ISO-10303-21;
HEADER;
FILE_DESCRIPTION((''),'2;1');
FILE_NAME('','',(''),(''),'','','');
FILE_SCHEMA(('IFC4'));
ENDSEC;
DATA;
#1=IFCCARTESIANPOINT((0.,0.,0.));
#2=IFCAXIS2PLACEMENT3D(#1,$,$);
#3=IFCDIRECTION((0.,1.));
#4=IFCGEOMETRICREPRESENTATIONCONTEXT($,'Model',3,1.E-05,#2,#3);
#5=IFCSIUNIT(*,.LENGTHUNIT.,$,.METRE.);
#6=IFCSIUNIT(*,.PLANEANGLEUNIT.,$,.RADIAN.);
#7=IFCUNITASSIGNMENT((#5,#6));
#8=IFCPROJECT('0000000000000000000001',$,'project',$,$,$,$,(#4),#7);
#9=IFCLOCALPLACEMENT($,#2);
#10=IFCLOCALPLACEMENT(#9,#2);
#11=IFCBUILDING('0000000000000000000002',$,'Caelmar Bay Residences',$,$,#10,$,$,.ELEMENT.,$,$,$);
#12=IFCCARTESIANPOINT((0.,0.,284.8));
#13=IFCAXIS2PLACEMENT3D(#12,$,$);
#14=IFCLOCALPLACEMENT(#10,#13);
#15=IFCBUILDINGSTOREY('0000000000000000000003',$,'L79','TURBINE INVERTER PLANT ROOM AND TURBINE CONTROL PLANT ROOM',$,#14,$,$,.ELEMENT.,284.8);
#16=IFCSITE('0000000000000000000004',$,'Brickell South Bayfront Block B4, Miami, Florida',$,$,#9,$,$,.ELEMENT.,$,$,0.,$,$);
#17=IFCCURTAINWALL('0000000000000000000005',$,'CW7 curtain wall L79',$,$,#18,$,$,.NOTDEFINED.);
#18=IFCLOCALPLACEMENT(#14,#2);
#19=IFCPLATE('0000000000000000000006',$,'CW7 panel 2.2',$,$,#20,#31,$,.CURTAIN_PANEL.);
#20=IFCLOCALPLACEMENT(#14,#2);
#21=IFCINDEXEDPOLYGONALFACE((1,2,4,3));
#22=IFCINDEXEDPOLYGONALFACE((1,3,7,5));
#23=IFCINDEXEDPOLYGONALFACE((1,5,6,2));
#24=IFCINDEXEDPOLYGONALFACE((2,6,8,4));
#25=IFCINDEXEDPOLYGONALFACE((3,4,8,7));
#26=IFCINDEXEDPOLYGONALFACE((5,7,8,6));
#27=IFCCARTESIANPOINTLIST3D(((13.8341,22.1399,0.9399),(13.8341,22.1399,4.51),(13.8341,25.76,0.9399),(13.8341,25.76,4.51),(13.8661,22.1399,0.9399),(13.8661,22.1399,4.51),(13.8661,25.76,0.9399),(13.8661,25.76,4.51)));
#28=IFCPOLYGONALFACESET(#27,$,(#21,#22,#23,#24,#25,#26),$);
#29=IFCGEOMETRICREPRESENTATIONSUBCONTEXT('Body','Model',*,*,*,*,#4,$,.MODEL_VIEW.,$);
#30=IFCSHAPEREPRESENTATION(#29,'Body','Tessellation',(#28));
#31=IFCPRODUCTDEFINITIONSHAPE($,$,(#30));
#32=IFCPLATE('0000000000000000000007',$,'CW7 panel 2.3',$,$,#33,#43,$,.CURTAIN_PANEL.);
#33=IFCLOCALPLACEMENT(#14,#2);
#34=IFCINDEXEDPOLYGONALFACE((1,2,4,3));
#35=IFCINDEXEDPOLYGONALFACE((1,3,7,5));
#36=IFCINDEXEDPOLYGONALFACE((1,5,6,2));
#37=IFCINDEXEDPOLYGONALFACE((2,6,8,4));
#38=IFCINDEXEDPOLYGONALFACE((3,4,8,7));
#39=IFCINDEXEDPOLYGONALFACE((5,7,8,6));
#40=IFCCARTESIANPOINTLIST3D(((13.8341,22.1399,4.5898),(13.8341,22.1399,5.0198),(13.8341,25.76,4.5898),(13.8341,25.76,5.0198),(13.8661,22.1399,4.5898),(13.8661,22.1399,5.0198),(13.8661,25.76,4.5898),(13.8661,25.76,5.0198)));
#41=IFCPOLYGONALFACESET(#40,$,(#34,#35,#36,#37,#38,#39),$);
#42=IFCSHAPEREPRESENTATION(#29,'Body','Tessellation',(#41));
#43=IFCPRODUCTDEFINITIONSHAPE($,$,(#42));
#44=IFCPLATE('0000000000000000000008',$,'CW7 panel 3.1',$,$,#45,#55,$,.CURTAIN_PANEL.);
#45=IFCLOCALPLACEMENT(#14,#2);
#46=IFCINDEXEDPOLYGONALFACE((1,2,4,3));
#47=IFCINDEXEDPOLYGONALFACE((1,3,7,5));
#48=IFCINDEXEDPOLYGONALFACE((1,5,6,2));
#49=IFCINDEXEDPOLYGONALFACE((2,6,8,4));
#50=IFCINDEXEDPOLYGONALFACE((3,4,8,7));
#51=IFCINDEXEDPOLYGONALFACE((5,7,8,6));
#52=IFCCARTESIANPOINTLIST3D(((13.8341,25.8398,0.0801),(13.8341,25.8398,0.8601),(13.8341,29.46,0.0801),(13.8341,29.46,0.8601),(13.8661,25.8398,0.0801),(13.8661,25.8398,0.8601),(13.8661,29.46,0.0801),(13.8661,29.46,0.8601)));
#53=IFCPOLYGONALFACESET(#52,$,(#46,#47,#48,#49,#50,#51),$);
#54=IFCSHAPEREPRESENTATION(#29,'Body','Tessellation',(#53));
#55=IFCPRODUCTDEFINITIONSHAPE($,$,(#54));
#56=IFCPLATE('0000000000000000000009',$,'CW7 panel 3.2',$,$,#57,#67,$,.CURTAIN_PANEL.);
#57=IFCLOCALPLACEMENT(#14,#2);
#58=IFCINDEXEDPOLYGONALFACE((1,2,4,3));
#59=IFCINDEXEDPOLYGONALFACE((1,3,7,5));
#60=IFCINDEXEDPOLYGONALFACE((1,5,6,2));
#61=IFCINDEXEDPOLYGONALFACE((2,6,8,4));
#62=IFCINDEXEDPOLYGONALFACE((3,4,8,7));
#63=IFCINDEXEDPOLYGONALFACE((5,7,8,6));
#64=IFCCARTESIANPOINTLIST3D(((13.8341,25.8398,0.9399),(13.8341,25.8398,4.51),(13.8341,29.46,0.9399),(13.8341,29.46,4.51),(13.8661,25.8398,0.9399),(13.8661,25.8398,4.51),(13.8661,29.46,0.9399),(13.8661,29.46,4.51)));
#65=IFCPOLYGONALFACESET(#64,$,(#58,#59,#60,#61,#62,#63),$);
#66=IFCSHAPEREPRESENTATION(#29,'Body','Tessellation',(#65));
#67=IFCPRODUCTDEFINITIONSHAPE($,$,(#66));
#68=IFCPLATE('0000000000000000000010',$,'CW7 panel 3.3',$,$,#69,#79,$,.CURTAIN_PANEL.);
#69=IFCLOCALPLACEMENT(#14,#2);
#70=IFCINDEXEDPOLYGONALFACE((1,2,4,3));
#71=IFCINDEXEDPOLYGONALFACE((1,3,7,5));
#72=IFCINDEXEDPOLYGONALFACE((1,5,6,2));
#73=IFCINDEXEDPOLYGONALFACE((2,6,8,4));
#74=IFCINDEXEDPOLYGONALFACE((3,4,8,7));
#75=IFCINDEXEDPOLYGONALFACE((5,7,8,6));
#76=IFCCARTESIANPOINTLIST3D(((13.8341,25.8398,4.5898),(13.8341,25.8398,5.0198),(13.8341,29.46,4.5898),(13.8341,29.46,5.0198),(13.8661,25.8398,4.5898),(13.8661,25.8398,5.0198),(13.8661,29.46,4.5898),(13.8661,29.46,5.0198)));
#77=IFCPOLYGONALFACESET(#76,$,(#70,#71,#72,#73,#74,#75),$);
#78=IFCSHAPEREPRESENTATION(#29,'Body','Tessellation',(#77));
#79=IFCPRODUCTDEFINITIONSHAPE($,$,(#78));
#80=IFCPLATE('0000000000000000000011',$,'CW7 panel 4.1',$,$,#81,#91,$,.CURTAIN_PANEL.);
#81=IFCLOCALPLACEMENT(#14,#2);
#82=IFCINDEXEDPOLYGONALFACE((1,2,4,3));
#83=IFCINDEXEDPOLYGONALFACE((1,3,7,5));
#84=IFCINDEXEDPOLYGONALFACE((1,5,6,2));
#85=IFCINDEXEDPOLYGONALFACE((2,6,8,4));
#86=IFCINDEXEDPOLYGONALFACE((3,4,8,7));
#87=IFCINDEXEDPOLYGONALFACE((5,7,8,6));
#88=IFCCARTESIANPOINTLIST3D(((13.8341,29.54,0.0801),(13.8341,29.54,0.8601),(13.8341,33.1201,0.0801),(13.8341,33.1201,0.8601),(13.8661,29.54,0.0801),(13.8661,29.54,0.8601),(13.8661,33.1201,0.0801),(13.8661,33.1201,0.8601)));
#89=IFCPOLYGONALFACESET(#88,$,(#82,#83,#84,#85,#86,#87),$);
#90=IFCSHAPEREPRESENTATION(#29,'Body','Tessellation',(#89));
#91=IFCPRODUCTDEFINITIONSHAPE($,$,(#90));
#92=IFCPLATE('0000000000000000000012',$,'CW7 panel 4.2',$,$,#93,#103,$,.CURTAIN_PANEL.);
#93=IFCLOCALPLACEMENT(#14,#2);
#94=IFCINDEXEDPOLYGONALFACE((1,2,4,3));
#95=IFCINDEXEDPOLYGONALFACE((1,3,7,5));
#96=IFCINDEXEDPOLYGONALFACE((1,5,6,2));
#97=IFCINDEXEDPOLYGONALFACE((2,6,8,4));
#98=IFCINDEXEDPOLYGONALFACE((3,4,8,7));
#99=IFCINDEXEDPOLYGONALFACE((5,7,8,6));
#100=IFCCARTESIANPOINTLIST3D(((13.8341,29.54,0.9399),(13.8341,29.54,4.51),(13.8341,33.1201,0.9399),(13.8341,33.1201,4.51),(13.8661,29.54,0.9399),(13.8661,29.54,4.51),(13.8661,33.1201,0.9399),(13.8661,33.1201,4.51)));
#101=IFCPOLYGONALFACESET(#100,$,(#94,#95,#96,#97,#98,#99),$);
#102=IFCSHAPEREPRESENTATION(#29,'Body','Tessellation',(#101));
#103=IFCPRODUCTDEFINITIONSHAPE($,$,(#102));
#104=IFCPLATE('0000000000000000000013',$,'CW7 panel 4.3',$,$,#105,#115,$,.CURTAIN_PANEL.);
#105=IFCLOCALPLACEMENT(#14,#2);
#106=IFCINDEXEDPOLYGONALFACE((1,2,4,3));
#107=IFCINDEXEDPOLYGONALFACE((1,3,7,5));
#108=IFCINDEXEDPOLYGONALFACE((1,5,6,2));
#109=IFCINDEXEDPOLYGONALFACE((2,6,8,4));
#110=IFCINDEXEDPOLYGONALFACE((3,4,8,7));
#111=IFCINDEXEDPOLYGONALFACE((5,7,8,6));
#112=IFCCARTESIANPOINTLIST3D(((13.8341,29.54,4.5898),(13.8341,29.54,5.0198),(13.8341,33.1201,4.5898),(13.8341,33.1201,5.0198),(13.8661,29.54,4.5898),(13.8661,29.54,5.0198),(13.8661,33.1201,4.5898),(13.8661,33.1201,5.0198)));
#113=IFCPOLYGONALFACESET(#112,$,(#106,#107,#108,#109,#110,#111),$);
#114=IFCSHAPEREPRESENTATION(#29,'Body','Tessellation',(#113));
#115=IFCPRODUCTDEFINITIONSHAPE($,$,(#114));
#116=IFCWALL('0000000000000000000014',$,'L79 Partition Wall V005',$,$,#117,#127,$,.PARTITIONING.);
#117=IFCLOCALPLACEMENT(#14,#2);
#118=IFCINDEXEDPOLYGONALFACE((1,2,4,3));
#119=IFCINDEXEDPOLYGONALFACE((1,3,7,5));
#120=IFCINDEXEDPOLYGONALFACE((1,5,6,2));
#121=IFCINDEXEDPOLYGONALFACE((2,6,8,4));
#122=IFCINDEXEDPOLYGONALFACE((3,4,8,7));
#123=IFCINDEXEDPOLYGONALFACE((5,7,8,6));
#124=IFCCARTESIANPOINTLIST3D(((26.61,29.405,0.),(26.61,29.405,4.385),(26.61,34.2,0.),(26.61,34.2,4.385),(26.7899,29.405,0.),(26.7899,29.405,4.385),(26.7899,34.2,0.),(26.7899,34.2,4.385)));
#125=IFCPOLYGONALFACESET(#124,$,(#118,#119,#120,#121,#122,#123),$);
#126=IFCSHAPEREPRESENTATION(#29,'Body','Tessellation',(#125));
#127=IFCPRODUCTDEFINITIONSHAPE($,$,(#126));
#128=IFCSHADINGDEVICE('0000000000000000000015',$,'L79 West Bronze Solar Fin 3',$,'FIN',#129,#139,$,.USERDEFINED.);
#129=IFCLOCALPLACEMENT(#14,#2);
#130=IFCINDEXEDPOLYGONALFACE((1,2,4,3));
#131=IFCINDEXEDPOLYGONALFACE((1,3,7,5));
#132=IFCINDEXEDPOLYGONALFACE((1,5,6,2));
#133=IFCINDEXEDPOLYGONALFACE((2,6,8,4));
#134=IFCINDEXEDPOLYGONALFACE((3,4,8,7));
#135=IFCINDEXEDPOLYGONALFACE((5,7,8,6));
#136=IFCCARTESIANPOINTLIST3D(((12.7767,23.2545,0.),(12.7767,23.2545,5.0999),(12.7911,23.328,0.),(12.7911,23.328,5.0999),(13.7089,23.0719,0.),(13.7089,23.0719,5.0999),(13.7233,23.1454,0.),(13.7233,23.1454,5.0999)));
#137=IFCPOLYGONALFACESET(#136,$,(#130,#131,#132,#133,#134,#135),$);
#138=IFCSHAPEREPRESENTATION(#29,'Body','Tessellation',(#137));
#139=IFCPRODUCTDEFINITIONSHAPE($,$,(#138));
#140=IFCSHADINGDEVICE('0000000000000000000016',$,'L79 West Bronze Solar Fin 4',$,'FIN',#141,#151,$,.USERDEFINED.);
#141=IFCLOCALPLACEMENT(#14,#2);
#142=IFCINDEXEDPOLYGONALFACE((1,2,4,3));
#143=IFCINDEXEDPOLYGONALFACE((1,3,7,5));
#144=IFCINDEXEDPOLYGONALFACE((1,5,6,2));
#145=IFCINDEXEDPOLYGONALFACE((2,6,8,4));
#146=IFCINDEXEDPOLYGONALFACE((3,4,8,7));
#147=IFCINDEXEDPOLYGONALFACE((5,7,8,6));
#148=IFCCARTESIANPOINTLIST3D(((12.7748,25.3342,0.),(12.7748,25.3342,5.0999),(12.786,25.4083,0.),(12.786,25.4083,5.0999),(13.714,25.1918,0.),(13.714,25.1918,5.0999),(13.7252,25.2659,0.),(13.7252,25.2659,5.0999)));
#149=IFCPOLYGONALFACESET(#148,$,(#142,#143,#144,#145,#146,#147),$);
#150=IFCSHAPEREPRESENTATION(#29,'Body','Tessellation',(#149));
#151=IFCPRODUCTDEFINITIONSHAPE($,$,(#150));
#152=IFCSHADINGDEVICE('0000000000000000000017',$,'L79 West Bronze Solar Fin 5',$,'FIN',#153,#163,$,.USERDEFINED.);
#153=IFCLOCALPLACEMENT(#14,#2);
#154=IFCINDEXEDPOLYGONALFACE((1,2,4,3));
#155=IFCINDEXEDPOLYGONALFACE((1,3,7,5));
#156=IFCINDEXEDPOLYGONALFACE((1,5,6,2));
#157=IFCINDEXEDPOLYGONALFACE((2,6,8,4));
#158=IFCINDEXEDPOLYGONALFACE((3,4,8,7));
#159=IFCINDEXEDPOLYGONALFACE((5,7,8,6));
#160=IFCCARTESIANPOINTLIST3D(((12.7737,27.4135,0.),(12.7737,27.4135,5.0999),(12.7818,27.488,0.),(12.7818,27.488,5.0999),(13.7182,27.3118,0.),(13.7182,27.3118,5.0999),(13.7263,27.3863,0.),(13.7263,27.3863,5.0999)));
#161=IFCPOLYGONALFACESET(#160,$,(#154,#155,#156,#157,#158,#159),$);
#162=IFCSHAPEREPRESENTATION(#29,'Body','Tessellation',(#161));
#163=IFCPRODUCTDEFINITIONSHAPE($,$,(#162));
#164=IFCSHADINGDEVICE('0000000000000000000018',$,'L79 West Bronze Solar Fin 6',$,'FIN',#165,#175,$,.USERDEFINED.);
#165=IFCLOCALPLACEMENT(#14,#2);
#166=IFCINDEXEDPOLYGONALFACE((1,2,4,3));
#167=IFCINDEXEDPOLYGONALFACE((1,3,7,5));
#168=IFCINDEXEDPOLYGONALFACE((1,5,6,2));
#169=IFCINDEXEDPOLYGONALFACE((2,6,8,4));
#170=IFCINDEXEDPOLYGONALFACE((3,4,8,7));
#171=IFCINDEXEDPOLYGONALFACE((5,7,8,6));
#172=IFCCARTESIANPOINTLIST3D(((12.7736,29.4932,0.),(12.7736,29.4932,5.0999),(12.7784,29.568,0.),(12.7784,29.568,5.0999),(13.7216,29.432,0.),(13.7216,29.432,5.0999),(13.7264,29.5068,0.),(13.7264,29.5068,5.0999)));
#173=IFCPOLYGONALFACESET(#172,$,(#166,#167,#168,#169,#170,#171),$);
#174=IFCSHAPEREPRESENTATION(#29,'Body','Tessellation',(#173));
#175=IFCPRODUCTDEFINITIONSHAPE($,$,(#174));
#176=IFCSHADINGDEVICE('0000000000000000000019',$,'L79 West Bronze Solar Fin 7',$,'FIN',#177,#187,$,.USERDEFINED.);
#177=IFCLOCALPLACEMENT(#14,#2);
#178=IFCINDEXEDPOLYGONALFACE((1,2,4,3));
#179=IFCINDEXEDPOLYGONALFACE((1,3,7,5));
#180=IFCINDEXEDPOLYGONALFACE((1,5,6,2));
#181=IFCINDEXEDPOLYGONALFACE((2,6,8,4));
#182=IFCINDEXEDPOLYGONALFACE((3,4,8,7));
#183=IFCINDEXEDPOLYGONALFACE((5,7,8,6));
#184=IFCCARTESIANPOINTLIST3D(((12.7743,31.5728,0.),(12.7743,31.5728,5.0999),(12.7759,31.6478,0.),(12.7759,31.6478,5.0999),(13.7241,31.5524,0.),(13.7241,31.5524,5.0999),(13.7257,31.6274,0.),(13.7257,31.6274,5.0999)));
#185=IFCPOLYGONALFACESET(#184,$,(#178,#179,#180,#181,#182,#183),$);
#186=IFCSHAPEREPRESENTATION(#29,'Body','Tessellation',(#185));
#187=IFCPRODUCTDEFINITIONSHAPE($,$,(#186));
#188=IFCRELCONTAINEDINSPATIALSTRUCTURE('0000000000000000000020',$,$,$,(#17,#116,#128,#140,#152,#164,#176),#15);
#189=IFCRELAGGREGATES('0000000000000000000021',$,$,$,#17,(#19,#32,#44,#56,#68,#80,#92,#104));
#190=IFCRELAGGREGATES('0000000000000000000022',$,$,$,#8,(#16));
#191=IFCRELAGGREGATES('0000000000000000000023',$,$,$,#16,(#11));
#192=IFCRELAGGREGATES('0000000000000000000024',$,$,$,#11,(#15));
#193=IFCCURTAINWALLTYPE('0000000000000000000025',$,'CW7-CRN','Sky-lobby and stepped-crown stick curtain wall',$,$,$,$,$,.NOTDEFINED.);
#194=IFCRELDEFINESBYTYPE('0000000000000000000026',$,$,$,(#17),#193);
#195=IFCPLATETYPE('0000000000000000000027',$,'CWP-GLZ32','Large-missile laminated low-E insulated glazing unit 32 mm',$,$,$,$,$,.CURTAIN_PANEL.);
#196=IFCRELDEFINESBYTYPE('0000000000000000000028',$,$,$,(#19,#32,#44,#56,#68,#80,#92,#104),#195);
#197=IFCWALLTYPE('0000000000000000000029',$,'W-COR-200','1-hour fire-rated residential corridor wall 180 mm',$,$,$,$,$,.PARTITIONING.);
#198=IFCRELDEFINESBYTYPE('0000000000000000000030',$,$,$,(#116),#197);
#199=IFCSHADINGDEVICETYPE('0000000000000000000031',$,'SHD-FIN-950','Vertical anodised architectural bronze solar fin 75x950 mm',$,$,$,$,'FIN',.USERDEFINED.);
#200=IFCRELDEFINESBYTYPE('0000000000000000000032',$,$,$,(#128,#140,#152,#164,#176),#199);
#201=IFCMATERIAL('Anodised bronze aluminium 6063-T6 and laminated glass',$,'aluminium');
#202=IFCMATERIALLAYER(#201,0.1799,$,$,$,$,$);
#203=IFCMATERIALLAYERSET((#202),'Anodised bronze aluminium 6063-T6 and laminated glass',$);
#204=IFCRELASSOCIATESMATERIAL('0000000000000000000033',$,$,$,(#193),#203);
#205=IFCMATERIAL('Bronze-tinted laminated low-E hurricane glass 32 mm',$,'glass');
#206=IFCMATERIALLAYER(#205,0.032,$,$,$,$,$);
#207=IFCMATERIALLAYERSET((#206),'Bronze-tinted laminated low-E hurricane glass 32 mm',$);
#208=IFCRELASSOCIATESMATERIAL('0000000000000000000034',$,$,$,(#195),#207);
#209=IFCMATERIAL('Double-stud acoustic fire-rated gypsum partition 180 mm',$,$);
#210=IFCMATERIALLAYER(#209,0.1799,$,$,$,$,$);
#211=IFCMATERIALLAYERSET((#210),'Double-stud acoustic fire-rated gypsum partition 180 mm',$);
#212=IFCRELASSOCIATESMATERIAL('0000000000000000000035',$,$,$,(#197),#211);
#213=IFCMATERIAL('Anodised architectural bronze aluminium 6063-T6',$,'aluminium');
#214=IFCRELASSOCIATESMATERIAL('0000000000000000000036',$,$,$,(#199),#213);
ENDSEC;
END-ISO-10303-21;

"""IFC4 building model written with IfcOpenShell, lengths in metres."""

from ifc_helpers import new_model, si_unit, direction, frame, frame_2d, origin, origin_2d, place, context, subcontext, project, spatial, rectangle, extrude, material, layer, layer_set, material_profile, profile_set, type_object, element, aggregate, save


model = new_model("IFC4")

# Units and contexts
model_context = context("Model", 3, precision=1e-05, world=origin(), true_north=direction((0.0, 1.0)))
body_context = subcontext(model_context, "Body", "Model", "MODEL_VIEW")
ifc_project = project(units=[si_unit("LENGTHUNIT", "METRE"), si_unit("PLANEANGLEUNIT", "RADIAN")], contexts=[model_context])

# Site, building, storey
site_placement = place(None, origin())
site = spatial("IfcSite", under=ifc_project, at=site_placement, Name="Brickell South Bayfront Block B4, Miami, Florida", CompositionType="ELEMENT", RefElevation=0.0)
building_placement = place(site_placement, origin())
building = spatial("IfcBuilding", under=site, at=building_placement, Name="Caelmar Bay Residences", CompositionType="ELEMENT")
storey_placement = place(building_placement, frame((0.0, 0.0, 284.8)))
storey = spatial("IfcBuildingStorey", under=building, at=storey_placement, Name="L79", Description="TURBINE INVERTER PLANT ROOM AND TURBINE CONTROL PLANT ROOM", CompositionType="ELEMENT", Elevation=284.8)

# Curtain wall, plates
ifc_material_1 = material(Name="Anodised bronze aluminium 6063-T6 and laminated glass", Category="aluminium")
ifc_layer_1 = layer(ifc_material_1, 0.1799)
ifc_layer_set_1 = layer_set([ifc_layer_1], Name="Anodised bronze aluminium 6063-T6 and laminated glass")
curtain_wall_type = type_object("IfcCurtainWallType", Name="CW7-CRN", Description="Sky-lobby and stepped-crown stick curtain wall", PredefinedType="NOTDEFINED", material=ifc_layer_set_1)
curtain_wall_placement = place(storey_placement, origin())
curtain_wall = element("IfcCurtainWall", 1, at=curtain_wall_placement, inside=storey, type_object=curtain_wall_type, Name="CW7 curtain wall L79", PredefinedType="NOTDEFINED")
ifc_material_2 = material(Name="Bronze-tinted laminated low-E hurricane glass 32 mm", Category="glass")
ifc_layer_2 = layer(ifc_material_2, 0.032)
ifc_layer_set_2 = layer_set([ifc_layer_2], Name="Bronze-tinted laminated low-E hurricane glass 32 mm")
plate_type = type_object("IfcPlateType", Name="CWP-GLZ32", Description="Large-missile laminated low-E insulated glazing unit 32 mm", PredefinedType="CURTAIN_PANEL", material=ifc_layer_set_2)
plate_1_placement = place(storey_placement, frame((13.8501, 23.95, 0.9399), z_axis=(0.0, 0.0, 1.0), x_axis=(0.0, 1.0, 0.0)))
plate_1 = element("IfcPlate", 2, at=plate_1_placement, type_object=plate_type, Name="CW7 panel 2.2", PredefinedType="CURTAIN_PANEL", context=body_context, shape_type="SweptSolid", body=[
    extrude(rectangle(XDim=3.6201, YDim=0.032, at=origin_2d()), origin(), (0.0, 0.0, 1.0), 3.5701),
])
plate_2_placement = place(storey_placement, frame((13.8501, 23.95, 4.5898), z_axis=(0.0, 0.0, 1.0), x_axis=(0.0, 1.0, 0.0)))
plate_2 = element("IfcPlate", 3, at=plate_2_placement, type_object=plate_type, Name="CW7 panel 2.3", PredefinedType="CURTAIN_PANEL", context=body_context, shape_type="SweptSolid", body=[
    extrude(rectangle(XDim=3.6201, YDim=0.032, at=origin_2d()), origin(), (0.0, 0.0, 1.0), 0.4299),
])
plate_3_placement = place(storey_placement, frame((13.8501, 27.6499, 0.0801), z_axis=(0.0, 0.0, 1.0), x_axis=(0.0, 1.0, 0.0)))
plate_3 = element("IfcPlate", 4, at=plate_3_placement, type_object=plate_type, Name="CW7 panel 3.1", PredefinedType="CURTAIN_PANEL", context=body_context, shape_type="SweptSolid", body=[
    extrude(rectangle(XDim=3.6201, YDim=0.032, at=origin_2d()), origin(), (0.0, 0.0, 1.0), 0.78),
])
plate_4_placement = place(storey_placement, frame((13.8501, 27.6499, 0.9399), z_axis=(0.0, 0.0, 1.0), x_axis=(0.0, 1.0, 0.0)))
plate_4 = element("IfcPlate", 5, at=plate_4_placement, type_object=plate_type, Name="CW7 panel 3.2", PredefinedType="CURTAIN_PANEL", context=body_context, shape_type="SweptSolid", body=[
    extrude(rectangle(XDim=3.6201, YDim=0.032, at=origin_2d()), origin(), (0.0, 0.0, 1.0), 3.5701),
])
plate_5_placement = place(storey_placement, frame((13.8501, 27.6499, 4.5898), z_axis=(0.0, 0.0, 1.0), x_axis=(0.0, 1.0, 0.0)))
plate_5 = element("IfcPlate", 6, at=plate_5_placement, type_object=plate_type, Name="CW7 panel 3.3", PredefinedType="CURTAIN_PANEL", context=body_context, shape_type="SweptSolid", body=[
    extrude(rectangle(XDim=3.6201, YDim=0.032, at=origin_2d()), origin(), (0.0, 0.0, 1.0), 0.4299),
])
plate_6_placement = place(storey_placement, frame((13.8501, 31.3301, 0.0801), z_axis=(0.0, 0.0, 1.0), x_axis=(0.0, 1.0, 0.0)))
plate_6 = element("IfcPlate", 7, at=plate_6_placement, type_object=plate_type, Name="CW7 panel 4.1", PredefinedType="CURTAIN_PANEL", context=body_context, shape_type="SweptSolid", body=[
    extrude(rectangle(XDim=3.5801, YDim=0.032, at=origin_2d()), origin(), (0.0, 0.0, 1.0), 0.78),
])
plate_7_placement = place(storey_placement, frame((13.8501, 31.3301, 0.9399), z_axis=(0.0, 0.0, 1.0), x_axis=(0.0, 1.0, 0.0)))
plate_7 = element("IfcPlate", 8, at=plate_7_placement, type_object=plate_type, Name="CW7 panel 4.2", PredefinedType="CURTAIN_PANEL", context=body_context, shape_type="SweptSolid", body=[
    extrude(rectangle(XDim=3.5801, YDim=0.032, at=origin_2d()), origin(), (0.0, 0.0, 1.0), 3.5701),
])
plate_8_placement = place(storey_placement, frame((13.8501, 31.3301, 4.5898), z_axis=(0.0, 0.0, 1.0), x_axis=(0.0, 1.0, 0.0)))
plate_8 = element("IfcPlate", 9, at=plate_8_placement, type_object=plate_type, Name="CW7 panel 4.3", PredefinedType="CURTAIN_PANEL", context=body_context, shape_type="SweptSolid", body=[
    extrude(rectangle(XDim=3.5801, YDim=0.032, at=origin_2d()), origin(), (0.0, 0.0, 1.0), 0.4299),
])
aggregate(curtain_wall, [plate_1, plate_2, plate_3, plate_4, plate_5, plate_6, plate_7, plate_8])

# Wall
ifc_material_3 = material(Name="Double-stud acoustic fire-rated gypsum partition 180 mm")
ifc_layer_3 = layer(ifc_material_3, 0.1799)
ifc_layer_set_3 = layer_set([ifc_layer_3], Name="Double-stud acoustic fire-rated gypsum partition 180 mm")
wall_type = type_object("IfcWallType", Name="W-COR-200", Description="1-hour fire-rated residential corridor wall 180 mm", PredefinedType="PARTITIONING", material=ifc_layer_set_3)
wall_placement = place(storey_placement, frame((26.7, 29.405, 0.0), z_axis=(0.0, 0.0, 1.0), x_axis=(0.0, 1.0, 0.0)))
element("IfcWall", 10, at=wall_placement, inside=storey, type_object=wall_type, Name="L79 Partition Wall V005", PredefinedType="PARTITIONING", context=body_context, shape_type="SweptSolid", body=[
    extrude(rectangle(XDim=4.7949, YDim=0.1799, at=frame_2d((2.3975, 0.0))), origin(), (0.0, 0.0, 1.0), 4.385),
])

# Shading devices
ifc_material_4 = material(Name="Anodised architectural bronze aluminium 6063-T6", Category="aluminium")
ifc_material_profile_1 = material_profile(ifc_material_4, rectangle(XDim=0.075, YDim=0.95, at=origin_2d()), Name="BRONZE-FIN-75X950")
ifc_profile_set_1 = profile_set([ifc_material_profile_1], Name="Anodised architectural bronze aluminium 6063-T6")
shading_device_type = type_object("IfcShadingDeviceType", Name="SHD-FIN-950", Description="Vertical anodised architectural bronze solar fin 75x950 mm", ElementType="FIN", PredefinedType="USERDEFINED", material=ifc_profile_set_1)
for number, where, z_axis, x_axis, name in (
    (11, (13.25, 23.2, 0.0), (0.0, 0.0, 1.0), (0.192179, 0.98136, 0.0), "L79 West Bronze Solar Fin 3"),
    (12, (13.25, 25.3, 0.0), (0.0, 0.0, 1.0), (0.14988, 0.988704, 0.0), "L79 West Bronze Solar Fin 4"),
    (13, (13.25, 27.3999, 0.0), (0.0, 0.0, 1.0), (0.107132, 0.994245, 0.0), "L79 West Bronze Solar Fin 5"),
    (14, (13.25, 29.5, 0.0), (0.0, 0.0, 1.0), (0.064358, 0.997927, 0.0), "L79 West Bronze Solar Fin 6"),
    (15, (13.25, 31.6001, 0.0), (0.0, 0.0, 1.0), (0.021466, 0.99977, 0.0), "L79 West Bronze Solar Fin 7"),
):
    element("IfcShadingDevice", number, at=place(storey_placement, frame(where, z_axis=z_axis, x_axis=x_axis)), inside=storey, type_object=shading_device_type, Name=name, ObjectType="FIN", PredefinedType="USERDEFINED", context=body_context, shape_type="SweptSolid", body=[
        extrude(rectangle(XDim=0.075, YDim=0.95, at=origin_2d()), origin(), (0.0, 0.0, 1.0), 5.0999),
    ])

save(model, "model.ifc")
